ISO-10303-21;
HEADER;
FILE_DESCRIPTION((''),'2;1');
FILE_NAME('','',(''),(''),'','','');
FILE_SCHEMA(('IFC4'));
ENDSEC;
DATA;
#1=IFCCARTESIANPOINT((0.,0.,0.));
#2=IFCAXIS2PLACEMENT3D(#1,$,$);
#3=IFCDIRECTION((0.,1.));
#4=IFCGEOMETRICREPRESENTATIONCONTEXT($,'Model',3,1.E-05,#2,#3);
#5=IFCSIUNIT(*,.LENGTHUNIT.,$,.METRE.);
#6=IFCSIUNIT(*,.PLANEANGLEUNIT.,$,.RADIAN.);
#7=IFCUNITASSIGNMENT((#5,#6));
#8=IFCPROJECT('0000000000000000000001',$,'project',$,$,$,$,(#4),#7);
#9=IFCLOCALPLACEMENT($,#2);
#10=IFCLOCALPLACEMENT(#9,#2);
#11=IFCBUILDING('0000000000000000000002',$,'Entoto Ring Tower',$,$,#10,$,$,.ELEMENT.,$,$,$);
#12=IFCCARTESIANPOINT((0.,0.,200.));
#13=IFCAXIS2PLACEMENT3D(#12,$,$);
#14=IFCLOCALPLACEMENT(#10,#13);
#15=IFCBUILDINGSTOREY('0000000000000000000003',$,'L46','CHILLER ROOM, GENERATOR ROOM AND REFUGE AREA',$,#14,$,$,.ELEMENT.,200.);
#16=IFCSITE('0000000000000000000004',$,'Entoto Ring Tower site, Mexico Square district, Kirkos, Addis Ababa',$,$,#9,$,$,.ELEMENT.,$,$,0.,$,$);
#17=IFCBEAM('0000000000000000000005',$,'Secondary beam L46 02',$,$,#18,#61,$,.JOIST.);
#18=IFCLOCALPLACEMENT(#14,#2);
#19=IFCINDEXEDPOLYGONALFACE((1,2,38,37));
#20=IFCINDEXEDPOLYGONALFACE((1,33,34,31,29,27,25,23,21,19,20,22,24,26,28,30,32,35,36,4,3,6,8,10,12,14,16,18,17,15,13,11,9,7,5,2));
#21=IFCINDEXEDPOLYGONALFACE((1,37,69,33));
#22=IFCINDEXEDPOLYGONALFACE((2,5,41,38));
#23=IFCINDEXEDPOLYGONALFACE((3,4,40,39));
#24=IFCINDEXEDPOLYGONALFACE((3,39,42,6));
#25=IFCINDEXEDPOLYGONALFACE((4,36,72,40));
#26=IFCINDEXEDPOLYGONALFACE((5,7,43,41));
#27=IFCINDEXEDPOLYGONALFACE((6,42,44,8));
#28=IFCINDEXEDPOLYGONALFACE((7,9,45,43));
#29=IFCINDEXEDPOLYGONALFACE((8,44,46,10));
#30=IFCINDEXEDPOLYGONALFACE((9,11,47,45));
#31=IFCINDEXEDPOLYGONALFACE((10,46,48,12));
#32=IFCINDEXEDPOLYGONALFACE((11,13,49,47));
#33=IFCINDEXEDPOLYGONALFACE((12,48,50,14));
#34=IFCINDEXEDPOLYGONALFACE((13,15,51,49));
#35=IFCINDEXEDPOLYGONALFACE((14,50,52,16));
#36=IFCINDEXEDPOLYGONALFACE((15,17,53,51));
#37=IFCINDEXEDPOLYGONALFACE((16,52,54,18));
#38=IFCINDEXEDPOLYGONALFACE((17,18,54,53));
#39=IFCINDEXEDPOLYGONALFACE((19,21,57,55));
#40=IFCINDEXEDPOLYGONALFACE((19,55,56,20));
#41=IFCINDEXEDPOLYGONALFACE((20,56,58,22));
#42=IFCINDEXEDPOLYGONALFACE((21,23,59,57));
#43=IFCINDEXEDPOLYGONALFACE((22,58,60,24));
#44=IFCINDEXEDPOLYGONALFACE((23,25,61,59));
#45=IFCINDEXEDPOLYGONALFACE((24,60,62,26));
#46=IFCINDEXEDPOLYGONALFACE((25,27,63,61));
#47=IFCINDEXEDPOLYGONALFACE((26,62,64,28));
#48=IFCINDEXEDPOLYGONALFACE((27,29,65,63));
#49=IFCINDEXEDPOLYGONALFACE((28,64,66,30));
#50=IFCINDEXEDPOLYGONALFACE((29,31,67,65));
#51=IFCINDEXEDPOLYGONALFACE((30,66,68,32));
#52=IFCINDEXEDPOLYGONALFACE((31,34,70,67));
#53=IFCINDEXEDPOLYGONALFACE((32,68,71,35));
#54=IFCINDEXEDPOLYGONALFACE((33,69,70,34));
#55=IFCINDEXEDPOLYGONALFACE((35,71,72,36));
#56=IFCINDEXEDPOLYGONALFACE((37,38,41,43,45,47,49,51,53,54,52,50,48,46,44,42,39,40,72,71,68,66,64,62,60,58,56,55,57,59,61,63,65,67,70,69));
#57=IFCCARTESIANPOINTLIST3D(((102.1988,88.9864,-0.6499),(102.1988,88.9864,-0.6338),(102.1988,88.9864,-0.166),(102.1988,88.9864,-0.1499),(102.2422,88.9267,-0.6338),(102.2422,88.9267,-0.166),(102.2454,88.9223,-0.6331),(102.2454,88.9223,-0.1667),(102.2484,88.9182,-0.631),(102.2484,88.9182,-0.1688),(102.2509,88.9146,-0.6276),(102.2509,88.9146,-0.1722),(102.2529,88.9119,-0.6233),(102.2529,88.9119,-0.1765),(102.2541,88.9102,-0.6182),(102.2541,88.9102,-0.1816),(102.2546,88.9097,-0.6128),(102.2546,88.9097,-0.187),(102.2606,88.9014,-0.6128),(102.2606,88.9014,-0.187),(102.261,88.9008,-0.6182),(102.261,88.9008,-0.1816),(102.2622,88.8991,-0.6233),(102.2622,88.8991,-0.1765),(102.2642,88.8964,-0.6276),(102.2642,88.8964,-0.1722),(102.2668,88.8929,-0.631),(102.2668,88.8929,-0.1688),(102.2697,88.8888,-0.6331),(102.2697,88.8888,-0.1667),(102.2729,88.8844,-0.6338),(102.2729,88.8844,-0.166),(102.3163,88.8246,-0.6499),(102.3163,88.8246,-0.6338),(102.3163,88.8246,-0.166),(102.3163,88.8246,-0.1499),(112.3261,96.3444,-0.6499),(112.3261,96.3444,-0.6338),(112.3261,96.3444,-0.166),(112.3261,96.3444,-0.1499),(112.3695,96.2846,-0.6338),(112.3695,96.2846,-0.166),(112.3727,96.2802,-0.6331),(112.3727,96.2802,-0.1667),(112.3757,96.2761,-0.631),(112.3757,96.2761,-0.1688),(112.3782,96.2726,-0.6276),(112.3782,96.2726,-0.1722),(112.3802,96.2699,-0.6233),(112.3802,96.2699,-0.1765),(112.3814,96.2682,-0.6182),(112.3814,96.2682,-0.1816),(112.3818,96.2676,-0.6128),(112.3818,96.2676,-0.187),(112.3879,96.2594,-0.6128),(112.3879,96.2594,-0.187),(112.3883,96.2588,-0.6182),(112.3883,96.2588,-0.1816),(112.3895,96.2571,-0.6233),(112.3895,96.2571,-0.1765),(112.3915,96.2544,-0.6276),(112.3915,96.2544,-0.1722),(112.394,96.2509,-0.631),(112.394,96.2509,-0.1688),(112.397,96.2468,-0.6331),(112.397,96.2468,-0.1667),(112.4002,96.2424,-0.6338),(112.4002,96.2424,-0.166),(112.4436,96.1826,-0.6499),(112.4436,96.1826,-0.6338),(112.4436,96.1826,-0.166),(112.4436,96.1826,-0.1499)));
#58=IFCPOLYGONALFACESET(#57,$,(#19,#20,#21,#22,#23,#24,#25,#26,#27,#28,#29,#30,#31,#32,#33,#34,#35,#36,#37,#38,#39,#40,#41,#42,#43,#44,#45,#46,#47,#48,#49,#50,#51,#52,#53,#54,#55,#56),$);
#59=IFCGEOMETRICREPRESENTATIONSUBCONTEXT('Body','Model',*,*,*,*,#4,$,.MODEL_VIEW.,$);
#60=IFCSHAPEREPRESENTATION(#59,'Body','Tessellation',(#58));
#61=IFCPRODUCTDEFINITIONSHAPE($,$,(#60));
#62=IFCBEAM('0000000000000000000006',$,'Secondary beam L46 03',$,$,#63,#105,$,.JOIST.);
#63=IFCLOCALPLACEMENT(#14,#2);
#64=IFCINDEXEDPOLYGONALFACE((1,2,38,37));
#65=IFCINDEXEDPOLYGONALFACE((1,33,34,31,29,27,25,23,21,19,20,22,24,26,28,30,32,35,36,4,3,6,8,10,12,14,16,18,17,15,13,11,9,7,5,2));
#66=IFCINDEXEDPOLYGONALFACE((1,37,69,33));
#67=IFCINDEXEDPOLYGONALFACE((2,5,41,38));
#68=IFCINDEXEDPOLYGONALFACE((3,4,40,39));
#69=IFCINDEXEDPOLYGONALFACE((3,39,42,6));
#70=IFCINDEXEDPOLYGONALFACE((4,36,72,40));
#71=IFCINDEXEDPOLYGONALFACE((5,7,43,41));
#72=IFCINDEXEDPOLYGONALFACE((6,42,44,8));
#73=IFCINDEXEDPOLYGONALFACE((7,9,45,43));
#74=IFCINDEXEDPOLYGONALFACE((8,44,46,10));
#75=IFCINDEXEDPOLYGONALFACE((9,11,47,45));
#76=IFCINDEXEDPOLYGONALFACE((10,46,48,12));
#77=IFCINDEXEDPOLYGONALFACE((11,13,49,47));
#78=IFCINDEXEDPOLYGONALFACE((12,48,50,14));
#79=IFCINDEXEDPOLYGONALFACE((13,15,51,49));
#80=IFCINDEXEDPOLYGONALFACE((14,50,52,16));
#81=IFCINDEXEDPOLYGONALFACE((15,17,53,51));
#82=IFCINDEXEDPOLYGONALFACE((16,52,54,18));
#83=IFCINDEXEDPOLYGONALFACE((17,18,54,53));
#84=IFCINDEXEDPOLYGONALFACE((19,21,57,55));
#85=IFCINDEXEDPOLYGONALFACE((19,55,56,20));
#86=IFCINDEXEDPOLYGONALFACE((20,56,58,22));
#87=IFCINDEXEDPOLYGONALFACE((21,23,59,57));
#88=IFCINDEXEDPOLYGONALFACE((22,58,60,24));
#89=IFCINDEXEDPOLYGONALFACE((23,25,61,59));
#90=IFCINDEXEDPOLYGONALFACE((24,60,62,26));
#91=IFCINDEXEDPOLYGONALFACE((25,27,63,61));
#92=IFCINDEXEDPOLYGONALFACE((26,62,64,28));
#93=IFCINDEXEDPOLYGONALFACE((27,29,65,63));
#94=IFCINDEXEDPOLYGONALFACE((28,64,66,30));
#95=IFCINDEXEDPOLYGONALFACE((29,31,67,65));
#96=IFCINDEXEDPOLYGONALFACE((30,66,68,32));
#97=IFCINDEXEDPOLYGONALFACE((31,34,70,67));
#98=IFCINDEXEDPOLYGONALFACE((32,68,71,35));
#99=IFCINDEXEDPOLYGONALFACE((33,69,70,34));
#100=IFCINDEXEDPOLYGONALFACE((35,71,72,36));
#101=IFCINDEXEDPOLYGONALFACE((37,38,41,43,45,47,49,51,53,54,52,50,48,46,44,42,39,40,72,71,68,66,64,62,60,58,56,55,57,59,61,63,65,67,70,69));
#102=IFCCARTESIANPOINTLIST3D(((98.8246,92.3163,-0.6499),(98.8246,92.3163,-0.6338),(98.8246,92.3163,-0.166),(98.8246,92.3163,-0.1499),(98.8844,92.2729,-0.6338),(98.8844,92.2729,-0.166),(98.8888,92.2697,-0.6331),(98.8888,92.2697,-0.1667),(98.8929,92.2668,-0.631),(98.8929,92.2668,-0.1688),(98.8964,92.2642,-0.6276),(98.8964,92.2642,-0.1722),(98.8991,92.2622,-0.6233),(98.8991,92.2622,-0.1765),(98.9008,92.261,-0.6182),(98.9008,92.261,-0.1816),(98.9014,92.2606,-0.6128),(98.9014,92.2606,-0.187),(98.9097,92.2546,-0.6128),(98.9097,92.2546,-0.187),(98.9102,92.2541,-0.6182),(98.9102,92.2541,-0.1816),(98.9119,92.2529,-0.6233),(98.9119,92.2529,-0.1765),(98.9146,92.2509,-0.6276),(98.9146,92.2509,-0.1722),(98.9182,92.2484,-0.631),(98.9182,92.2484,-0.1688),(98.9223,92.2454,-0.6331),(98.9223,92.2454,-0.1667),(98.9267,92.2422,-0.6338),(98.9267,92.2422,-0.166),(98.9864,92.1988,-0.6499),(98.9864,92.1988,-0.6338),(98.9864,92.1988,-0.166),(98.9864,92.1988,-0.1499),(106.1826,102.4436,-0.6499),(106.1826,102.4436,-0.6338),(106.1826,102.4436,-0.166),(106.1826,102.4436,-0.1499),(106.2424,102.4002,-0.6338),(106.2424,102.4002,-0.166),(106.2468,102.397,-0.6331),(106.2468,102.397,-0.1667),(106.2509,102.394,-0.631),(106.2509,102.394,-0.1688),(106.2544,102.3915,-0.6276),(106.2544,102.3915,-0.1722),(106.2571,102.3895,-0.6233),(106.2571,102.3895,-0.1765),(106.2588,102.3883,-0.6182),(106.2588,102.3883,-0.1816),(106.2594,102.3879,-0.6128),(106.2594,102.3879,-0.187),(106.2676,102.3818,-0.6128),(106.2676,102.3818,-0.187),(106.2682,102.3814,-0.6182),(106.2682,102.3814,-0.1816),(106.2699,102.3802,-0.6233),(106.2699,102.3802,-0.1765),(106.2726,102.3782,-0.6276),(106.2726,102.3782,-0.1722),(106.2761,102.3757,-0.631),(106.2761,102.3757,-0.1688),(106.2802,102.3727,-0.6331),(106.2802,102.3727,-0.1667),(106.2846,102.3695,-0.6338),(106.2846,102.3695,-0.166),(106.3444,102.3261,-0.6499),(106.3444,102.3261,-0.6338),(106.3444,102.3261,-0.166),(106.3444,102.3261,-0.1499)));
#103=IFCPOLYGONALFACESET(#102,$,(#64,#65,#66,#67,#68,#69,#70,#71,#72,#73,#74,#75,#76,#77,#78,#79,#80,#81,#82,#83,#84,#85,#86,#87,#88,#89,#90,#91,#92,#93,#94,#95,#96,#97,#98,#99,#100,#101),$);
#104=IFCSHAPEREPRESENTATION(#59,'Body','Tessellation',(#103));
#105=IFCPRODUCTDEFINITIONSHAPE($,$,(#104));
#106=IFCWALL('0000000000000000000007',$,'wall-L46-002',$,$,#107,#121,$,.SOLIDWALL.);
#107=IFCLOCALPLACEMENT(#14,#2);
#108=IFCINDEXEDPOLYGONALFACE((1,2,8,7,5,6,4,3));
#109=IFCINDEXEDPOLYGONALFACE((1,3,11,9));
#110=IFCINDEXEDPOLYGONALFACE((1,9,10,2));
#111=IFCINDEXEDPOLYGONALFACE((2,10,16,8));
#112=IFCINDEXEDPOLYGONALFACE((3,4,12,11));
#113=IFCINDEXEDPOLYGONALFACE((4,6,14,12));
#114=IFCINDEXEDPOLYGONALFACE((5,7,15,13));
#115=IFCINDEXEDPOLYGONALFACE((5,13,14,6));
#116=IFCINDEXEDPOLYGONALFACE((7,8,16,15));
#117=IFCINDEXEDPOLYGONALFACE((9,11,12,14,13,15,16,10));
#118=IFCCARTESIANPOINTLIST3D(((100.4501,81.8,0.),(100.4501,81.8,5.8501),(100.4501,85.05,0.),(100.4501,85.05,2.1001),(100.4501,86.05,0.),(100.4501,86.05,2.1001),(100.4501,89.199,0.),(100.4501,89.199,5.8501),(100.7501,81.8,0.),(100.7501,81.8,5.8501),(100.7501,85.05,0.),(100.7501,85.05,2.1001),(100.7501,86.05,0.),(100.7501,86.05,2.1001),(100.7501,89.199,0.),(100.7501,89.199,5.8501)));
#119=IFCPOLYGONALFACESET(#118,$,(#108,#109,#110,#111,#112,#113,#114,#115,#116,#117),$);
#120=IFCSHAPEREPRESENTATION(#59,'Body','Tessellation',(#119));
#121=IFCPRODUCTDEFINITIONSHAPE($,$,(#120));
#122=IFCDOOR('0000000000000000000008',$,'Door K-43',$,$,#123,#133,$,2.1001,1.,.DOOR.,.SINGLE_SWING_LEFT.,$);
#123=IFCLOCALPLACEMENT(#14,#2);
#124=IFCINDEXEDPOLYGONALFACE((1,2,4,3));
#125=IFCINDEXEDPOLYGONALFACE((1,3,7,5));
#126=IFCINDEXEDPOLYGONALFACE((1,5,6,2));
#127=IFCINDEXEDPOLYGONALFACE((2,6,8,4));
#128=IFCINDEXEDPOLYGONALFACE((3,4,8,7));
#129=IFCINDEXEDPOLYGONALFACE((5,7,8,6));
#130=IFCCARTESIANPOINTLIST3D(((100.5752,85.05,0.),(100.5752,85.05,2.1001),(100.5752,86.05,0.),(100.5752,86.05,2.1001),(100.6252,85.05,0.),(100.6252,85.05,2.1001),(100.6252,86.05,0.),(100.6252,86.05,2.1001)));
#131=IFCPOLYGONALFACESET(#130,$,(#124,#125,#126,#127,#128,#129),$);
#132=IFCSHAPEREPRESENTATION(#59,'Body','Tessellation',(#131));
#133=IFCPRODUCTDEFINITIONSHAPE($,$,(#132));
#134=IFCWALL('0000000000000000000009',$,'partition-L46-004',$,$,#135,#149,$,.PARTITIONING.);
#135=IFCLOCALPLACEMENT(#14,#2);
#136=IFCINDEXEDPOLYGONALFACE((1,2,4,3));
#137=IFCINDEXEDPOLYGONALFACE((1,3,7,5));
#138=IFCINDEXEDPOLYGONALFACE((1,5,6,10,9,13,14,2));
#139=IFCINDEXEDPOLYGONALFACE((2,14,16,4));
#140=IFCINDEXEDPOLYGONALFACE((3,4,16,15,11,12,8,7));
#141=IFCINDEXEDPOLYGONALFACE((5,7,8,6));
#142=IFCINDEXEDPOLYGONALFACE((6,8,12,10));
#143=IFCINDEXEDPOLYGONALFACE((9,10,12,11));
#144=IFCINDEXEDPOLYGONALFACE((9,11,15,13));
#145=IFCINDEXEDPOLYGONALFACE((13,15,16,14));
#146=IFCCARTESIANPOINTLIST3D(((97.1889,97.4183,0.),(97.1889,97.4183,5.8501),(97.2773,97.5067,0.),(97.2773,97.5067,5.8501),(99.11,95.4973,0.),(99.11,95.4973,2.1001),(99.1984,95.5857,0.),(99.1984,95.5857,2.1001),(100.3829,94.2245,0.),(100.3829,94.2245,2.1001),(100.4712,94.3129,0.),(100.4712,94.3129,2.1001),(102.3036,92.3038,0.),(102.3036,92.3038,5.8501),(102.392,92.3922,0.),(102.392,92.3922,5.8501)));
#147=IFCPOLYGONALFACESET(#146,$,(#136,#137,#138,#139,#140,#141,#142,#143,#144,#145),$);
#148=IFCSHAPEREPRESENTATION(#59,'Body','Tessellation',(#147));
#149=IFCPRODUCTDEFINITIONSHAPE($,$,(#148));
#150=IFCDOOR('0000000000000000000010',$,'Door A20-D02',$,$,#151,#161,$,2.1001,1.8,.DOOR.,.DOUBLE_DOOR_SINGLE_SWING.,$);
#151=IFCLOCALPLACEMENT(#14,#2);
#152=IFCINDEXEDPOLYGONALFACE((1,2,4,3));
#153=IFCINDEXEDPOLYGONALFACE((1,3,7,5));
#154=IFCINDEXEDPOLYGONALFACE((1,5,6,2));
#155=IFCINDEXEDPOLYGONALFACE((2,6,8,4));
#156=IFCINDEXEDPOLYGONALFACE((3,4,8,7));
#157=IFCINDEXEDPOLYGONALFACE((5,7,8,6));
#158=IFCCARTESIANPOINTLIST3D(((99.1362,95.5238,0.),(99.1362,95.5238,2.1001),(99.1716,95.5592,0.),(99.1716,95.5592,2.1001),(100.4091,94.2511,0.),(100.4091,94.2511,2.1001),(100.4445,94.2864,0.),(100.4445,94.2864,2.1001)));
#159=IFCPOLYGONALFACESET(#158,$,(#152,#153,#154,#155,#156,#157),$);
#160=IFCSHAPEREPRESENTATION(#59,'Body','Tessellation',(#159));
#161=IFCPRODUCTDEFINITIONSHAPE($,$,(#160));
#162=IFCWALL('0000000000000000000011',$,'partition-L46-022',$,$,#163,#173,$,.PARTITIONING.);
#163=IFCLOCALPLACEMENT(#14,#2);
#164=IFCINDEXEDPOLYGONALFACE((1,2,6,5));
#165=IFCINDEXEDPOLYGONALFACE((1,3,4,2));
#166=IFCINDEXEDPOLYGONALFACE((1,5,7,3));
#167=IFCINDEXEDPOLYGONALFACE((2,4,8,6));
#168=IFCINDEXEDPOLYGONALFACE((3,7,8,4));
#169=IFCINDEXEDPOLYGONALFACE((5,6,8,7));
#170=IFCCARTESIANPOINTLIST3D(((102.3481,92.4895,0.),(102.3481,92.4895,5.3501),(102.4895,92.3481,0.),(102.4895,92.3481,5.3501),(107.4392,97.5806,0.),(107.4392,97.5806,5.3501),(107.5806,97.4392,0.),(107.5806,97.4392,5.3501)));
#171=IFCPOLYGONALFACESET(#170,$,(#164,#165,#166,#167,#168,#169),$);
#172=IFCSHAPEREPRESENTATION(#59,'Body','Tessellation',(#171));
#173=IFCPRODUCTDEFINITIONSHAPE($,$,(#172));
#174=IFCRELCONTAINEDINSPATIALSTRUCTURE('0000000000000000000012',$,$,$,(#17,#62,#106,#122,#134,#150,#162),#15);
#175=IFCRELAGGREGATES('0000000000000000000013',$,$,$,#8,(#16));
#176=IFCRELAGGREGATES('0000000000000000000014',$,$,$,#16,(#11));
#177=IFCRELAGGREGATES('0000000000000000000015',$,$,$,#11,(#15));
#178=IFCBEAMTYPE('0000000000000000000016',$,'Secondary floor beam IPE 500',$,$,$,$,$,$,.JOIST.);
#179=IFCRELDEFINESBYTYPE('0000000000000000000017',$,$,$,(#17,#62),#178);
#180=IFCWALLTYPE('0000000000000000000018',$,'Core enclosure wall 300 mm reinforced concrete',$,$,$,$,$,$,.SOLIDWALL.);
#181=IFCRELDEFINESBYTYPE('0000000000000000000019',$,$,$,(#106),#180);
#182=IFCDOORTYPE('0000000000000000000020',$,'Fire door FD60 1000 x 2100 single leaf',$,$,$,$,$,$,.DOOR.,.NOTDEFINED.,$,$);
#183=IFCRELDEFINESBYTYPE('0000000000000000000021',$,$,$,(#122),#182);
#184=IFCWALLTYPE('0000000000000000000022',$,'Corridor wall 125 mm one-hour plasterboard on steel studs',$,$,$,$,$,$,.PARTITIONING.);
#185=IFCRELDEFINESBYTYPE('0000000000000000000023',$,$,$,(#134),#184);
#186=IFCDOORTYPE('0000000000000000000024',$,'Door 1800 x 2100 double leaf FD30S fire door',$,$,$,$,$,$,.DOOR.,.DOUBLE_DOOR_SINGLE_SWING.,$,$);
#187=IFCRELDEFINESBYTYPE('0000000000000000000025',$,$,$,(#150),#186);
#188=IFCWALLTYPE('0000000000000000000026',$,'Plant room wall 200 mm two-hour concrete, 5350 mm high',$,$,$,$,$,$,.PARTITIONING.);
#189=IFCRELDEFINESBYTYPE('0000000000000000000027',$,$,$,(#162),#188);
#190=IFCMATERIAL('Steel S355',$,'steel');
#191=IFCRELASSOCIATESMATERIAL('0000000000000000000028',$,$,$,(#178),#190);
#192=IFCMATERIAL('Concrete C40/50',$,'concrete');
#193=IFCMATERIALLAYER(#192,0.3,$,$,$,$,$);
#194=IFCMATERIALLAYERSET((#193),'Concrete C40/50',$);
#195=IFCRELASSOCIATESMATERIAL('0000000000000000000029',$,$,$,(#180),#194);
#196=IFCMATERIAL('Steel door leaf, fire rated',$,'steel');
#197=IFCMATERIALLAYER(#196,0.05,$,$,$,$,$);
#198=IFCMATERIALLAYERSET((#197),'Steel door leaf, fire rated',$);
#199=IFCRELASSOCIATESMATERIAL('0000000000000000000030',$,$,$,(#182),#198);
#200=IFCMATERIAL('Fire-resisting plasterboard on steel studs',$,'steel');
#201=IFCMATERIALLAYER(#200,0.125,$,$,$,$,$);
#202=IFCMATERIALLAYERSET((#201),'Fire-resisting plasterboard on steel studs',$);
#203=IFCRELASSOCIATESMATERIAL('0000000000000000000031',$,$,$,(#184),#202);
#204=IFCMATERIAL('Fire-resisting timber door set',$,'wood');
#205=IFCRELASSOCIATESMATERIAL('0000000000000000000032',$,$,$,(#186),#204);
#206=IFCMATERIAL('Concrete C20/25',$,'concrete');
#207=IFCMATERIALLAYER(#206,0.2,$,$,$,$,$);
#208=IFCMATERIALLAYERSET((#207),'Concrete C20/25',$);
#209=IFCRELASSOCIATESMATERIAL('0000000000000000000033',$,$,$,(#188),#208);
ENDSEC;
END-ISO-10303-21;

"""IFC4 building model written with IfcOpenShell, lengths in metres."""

from ifc_helpers import new_model, si_unit, direction, frame, frame_2d, origin, origin_2d, place, context, subcontext, project, spatial, rectangle, i_section, extrude, material, layer, layer_set, material_profile, profile_set, type_object, element, fill, save


model = new_model("IFC4")

# Units and contexts
model_context = context("Model", 3, precision=1e-05, world=origin(), true_north=direction((0.0, 1.0)))
body_context = subcontext(model_context, "Body", "Model", "MODEL_VIEW")
ifc_project = project(units=[si_unit("LENGTHUNIT", "METRE"), si_unit("PLANEANGLEUNIT", "RADIAN")], contexts=[model_context])

# Site, building, storey
site_placement = place(None, origin())
site = spatial("IfcSite", under=ifc_project, at=site_placement, Name="Entoto Ring Tower site, Mexico Square district, Kirkos, Addis Ababa", CompositionType="ELEMENT", RefElevation=0.0)
building_placement = place(site_placement, origin())
building = spatial("IfcBuilding", under=site, at=building_placement, Name="Entoto Ring Tower", CompositionType="ELEMENT")
storey_placement = place(building_placement, frame((0.0, 0.0, 200.0)))
storey = spatial("IfcBuildingStorey", under=building, at=storey_placement, Name="L46", Description="CHILLER ROOM, GENERATOR ROOM AND REFUGE AREA", CompositionType="ELEMENT", Elevation=200.0)

# Beams
ifc_material_1 = material(Name="Steel S355", Category="steel")
ifc_material_profile_1 = material_profile(ifc_material_1, i_section(OverallWidth=0.2, OverallDepth=0.5, WebThickness=0.0103, FlangeThickness=0.0161, FilletRadius=0.021, at=origin_2d()), Name="IPE 500")
ifc_profile_set_1 = profile_set([ifc_material_profile_1], Name="Steel S355")
beam_type_1 = type_object("IfcBeamType", Name="Secondary floor beam IPE 500", PredefinedType="JOIST", material=ifc_profile_set_1)
for number, where, z_axis, x_axis, name in (
    (1, (102.2576, 88.9055, -0.3999), (0.809014, 0.587789, 0.0), (-0.587789, 0.809014, 0.0), "Secondary beam L46 02"),
    (2, (98.9055, 92.2576, -0.3999), (0.587789, 0.809014, 0.0), (-0.809014, 0.587789, 0.0), "Secondary beam L46 03"),
):
    element("IfcBeam", number, at=place(storey_placement, frame(where, z_axis=z_axis, x_axis=x_axis)), inside=storey, type_object=beam_type_1, Name=name, PredefinedType="JOIST", context=body_context, shape_type="SweptSolid", body=[
        extrude(i_section(OverallWidth=0.2, OverallDepth=0.5, WebThickness=0.0103, FlangeThickness=0.0161, FilletRadius=0.021, at=origin_2d()), origin(), (0.0, 0.0, 1.0), 12.5181),
    ])

# Walls, openings, doors
ifc_material_2 = material(Name="Concrete C40/50", Category="concrete")
ifc_layer_1 = layer(ifc_material_2, 0.3)
ifc_layer_set_1 = layer_set([ifc_layer_1], Name="Concrete C40/50")
wall_type_1 = type_object("IfcWallType", Name="Core enclosure wall 300 mm reinforced concrete", PredefinedType="SOLIDWALL", material=ifc_layer_set_1)
wall_1_placement = place(storey_placement, frame((100.6001, 81.8, 0.0), z_axis=(0.0, 0.0, 1.0), x_axis=(0.0, 1.0, 0.0)))
wall_1 = element("IfcWall", 3, at=wall_1_placement, inside=storey, type_object=wall_type_1, Name="wall-L46-002", PredefinedType="SOLIDWALL", context=body_context, shape_type="SweptSolid", body=[
    extrude(rectangle(XDim=7.3989, YDim=0.3, at=frame_2d((3.6995, 0.0))), origin(), (0.0, 0.0, 1.0), 5.8501),
])
opening_1_placement = place(wall_1_placement, frame((3.25, 0.0, 0.0)))
opening_1 = element("IfcOpeningElement", 4, at=opening_1_placement, cuts=wall_1, PredefinedType="OPENING", context=body_context, shape_type="SweptSolid", body=[
    extrude(rectangle(XDim=1.0, YDim=2.1001, at=frame_2d((0.5, 1.05))), frame((0.0, 0.1602, 0.0), z_axis=(0.0, -1.0, 0.0), x_axis=(1.0, 0.0, 0.0)), (0.0, 0.0, 1.0), 0.3201),
])
ifc_material_3 = material(Name="Steel door leaf, fire rated", Category="steel")
ifc_layer_2 = layer(ifc_material_3, 0.05)
ifc_layer_set_2 = layer_set([ifc_layer_2], Name="Steel door leaf, fire rated")
door_type_1 = type_object("IfcDoorType", Name="Fire door FD60 1000 x 2100 single leaf", OperationType="NOTDEFINED", PredefinedType="DOOR", material=ifc_layer_set_2)
door_1_placement = place(opening_1_placement, origin())
door_1 = element("IfcDoor", 5, at=door_1_placement, inside=storey, type_object=door_type_1, Name="Door K-43", OperationType="SINGLE_SWING_LEFT", OverallHeight=2.1001, OverallWidth=1.0, PredefinedType="DOOR", context=body_context, shape_type="SweptSolid", body=[
    extrude(rectangle(XDim=1.0, YDim=2.1001, at=frame_2d((0.5, 1.05))), frame((0.0, 0.0249, 0.0), z_axis=(0.0, -1.0, 0.0), x_axis=(1.0, 0.0, 0.0)), (0.0, 0.0, 1.0), 0.05),
])
fill(opening_1, door_1)
ifc_material_4 = material(Name="Fire-resisting plasterboard on steel studs", Category="steel")
ifc_layer_3 = layer(ifc_material_4, 0.125)
ifc_layer_set_3 = layer_set([ifc_layer_3], Name="Fire-resisting plasterboard on steel studs")
wall_type_2 = type_object("IfcWallType", Name="Corridor wall 125 mm one-hour plasterboard on steel studs", PredefinedType="PARTITIONING", material=ifc_layer_set_3)
wall_2_placement = place(storey_placement, frame((102.3479, 92.3479, 0.0), z_axis=(0.0, 0.0, 1.0), x_axis=(-0.707124, 0.70709, 0.0)))
wall_2 = element("IfcWall", 6, at=wall_2_placement, inside=storey, type_object=wall_type_2, Name="partition-L46-004", PredefinedType="PARTITIONING", context=body_context, shape_type="SweptSolid", body=[
    extrude(rectangle(XDim=7.2332, YDim=0.125, at=frame_2d((3.6167, 0.0))), origin(), (0.0, 0.0, 1.0), 5.8501),
])
opening_2_placement = place(wall_2_placement, frame((2.7166, 0.0, 0.0)))
opening_2 = element("IfcOpeningElement", 7, at=opening_2_placement, cuts=wall_2, PredefinedType="OPENING", context=body_context, shape_type="SweptSolid", body=[
    extrude(rectangle(XDim=1.8, YDim=2.1001, at=frame_2d((0.8999, 1.05))), frame((0.0, 0.0725, 0.0), z_axis=(0.0, -1.0, 0.0), x_axis=(1.0, 0.0, 0.0)), (0.0, 0.0, 1.0), 0.145),
])
ifc_material_5 = material(Name="Fire-resisting timber door set", Category="wood")
door_type_2 = type_object("IfcDoorType", Name="Door 1800 x 2100 double leaf FD30S fire door", OperationType="DOUBLE_DOOR_SINGLE_SWING", PredefinedType="DOOR", material=ifc_material_5)
door_2_placement = place(opening_2_placement, frame((1.8, 0.0, 0.0), z_axis=(0.0, 0.0, 1.0), x_axis=(-1.0, 0.0, 0.0)))
door_2 = element("IfcDoor", 8, at=door_2_placement, inside=storey, type_object=door_type_2, Name="Door A20-D02", OperationType="DOUBLE_DOOR_SINGLE_SWING", OverallHeight=2.1001, OverallWidth=1.8, PredefinedType="DOOR", context=body_context, shape_type="SweptSolid", body=[
    extrude(rectangle(XDim=1.8, YDim=2.1001, at=frame_2d((0.8999, 1.05))), frame((0.0, 0.0249, 0.0), z_axis=(0.0, -1.0, 0.0), x_axis=(1.0, 0.0, 0.0)), (0.0, 0.0, 1.0), 0.05),
])
fill(opening_2, door_2)

# Wall
ifc_material_6 = material(Name="Concrete C20/25", Category="concrete")
ifc_layer_4 = layer(ifc_material_6, 0.2)
ifc_layer_set_4 = layer_set([ifc_layer_4], Name="Concrete C20/25")
wall_type_3 = type_object("IfcWallType", Name="Plant room wall 200 mm two-hour concrete, 5350 mm high", PredefinedType="PARTITIONING", material=ifc_layer_set_4)
wall_3_placement = place(storey_placement, frame((102.4187, 92.4187, 0.0), z_axis=(0.0, 0.0, 1.0), x_axis=(0.707107, 0.707107, 0.0)))
element("IfcWall", 9, at=wall_3_placement, inside=storey, type_object=wall_type_3, Name="partition-L46-022", PredefinedType="PARTITIONING", context=body_context, shape_type="SweptSolid", body=[
    extrude(rectangle(XDim=7.2, YDim=0.2, at=frame_2d((3.6001, 0.0))), origin(), (0.0, 0.0, 1.0), 5.3501),
])

save(model, "model.ifc")
